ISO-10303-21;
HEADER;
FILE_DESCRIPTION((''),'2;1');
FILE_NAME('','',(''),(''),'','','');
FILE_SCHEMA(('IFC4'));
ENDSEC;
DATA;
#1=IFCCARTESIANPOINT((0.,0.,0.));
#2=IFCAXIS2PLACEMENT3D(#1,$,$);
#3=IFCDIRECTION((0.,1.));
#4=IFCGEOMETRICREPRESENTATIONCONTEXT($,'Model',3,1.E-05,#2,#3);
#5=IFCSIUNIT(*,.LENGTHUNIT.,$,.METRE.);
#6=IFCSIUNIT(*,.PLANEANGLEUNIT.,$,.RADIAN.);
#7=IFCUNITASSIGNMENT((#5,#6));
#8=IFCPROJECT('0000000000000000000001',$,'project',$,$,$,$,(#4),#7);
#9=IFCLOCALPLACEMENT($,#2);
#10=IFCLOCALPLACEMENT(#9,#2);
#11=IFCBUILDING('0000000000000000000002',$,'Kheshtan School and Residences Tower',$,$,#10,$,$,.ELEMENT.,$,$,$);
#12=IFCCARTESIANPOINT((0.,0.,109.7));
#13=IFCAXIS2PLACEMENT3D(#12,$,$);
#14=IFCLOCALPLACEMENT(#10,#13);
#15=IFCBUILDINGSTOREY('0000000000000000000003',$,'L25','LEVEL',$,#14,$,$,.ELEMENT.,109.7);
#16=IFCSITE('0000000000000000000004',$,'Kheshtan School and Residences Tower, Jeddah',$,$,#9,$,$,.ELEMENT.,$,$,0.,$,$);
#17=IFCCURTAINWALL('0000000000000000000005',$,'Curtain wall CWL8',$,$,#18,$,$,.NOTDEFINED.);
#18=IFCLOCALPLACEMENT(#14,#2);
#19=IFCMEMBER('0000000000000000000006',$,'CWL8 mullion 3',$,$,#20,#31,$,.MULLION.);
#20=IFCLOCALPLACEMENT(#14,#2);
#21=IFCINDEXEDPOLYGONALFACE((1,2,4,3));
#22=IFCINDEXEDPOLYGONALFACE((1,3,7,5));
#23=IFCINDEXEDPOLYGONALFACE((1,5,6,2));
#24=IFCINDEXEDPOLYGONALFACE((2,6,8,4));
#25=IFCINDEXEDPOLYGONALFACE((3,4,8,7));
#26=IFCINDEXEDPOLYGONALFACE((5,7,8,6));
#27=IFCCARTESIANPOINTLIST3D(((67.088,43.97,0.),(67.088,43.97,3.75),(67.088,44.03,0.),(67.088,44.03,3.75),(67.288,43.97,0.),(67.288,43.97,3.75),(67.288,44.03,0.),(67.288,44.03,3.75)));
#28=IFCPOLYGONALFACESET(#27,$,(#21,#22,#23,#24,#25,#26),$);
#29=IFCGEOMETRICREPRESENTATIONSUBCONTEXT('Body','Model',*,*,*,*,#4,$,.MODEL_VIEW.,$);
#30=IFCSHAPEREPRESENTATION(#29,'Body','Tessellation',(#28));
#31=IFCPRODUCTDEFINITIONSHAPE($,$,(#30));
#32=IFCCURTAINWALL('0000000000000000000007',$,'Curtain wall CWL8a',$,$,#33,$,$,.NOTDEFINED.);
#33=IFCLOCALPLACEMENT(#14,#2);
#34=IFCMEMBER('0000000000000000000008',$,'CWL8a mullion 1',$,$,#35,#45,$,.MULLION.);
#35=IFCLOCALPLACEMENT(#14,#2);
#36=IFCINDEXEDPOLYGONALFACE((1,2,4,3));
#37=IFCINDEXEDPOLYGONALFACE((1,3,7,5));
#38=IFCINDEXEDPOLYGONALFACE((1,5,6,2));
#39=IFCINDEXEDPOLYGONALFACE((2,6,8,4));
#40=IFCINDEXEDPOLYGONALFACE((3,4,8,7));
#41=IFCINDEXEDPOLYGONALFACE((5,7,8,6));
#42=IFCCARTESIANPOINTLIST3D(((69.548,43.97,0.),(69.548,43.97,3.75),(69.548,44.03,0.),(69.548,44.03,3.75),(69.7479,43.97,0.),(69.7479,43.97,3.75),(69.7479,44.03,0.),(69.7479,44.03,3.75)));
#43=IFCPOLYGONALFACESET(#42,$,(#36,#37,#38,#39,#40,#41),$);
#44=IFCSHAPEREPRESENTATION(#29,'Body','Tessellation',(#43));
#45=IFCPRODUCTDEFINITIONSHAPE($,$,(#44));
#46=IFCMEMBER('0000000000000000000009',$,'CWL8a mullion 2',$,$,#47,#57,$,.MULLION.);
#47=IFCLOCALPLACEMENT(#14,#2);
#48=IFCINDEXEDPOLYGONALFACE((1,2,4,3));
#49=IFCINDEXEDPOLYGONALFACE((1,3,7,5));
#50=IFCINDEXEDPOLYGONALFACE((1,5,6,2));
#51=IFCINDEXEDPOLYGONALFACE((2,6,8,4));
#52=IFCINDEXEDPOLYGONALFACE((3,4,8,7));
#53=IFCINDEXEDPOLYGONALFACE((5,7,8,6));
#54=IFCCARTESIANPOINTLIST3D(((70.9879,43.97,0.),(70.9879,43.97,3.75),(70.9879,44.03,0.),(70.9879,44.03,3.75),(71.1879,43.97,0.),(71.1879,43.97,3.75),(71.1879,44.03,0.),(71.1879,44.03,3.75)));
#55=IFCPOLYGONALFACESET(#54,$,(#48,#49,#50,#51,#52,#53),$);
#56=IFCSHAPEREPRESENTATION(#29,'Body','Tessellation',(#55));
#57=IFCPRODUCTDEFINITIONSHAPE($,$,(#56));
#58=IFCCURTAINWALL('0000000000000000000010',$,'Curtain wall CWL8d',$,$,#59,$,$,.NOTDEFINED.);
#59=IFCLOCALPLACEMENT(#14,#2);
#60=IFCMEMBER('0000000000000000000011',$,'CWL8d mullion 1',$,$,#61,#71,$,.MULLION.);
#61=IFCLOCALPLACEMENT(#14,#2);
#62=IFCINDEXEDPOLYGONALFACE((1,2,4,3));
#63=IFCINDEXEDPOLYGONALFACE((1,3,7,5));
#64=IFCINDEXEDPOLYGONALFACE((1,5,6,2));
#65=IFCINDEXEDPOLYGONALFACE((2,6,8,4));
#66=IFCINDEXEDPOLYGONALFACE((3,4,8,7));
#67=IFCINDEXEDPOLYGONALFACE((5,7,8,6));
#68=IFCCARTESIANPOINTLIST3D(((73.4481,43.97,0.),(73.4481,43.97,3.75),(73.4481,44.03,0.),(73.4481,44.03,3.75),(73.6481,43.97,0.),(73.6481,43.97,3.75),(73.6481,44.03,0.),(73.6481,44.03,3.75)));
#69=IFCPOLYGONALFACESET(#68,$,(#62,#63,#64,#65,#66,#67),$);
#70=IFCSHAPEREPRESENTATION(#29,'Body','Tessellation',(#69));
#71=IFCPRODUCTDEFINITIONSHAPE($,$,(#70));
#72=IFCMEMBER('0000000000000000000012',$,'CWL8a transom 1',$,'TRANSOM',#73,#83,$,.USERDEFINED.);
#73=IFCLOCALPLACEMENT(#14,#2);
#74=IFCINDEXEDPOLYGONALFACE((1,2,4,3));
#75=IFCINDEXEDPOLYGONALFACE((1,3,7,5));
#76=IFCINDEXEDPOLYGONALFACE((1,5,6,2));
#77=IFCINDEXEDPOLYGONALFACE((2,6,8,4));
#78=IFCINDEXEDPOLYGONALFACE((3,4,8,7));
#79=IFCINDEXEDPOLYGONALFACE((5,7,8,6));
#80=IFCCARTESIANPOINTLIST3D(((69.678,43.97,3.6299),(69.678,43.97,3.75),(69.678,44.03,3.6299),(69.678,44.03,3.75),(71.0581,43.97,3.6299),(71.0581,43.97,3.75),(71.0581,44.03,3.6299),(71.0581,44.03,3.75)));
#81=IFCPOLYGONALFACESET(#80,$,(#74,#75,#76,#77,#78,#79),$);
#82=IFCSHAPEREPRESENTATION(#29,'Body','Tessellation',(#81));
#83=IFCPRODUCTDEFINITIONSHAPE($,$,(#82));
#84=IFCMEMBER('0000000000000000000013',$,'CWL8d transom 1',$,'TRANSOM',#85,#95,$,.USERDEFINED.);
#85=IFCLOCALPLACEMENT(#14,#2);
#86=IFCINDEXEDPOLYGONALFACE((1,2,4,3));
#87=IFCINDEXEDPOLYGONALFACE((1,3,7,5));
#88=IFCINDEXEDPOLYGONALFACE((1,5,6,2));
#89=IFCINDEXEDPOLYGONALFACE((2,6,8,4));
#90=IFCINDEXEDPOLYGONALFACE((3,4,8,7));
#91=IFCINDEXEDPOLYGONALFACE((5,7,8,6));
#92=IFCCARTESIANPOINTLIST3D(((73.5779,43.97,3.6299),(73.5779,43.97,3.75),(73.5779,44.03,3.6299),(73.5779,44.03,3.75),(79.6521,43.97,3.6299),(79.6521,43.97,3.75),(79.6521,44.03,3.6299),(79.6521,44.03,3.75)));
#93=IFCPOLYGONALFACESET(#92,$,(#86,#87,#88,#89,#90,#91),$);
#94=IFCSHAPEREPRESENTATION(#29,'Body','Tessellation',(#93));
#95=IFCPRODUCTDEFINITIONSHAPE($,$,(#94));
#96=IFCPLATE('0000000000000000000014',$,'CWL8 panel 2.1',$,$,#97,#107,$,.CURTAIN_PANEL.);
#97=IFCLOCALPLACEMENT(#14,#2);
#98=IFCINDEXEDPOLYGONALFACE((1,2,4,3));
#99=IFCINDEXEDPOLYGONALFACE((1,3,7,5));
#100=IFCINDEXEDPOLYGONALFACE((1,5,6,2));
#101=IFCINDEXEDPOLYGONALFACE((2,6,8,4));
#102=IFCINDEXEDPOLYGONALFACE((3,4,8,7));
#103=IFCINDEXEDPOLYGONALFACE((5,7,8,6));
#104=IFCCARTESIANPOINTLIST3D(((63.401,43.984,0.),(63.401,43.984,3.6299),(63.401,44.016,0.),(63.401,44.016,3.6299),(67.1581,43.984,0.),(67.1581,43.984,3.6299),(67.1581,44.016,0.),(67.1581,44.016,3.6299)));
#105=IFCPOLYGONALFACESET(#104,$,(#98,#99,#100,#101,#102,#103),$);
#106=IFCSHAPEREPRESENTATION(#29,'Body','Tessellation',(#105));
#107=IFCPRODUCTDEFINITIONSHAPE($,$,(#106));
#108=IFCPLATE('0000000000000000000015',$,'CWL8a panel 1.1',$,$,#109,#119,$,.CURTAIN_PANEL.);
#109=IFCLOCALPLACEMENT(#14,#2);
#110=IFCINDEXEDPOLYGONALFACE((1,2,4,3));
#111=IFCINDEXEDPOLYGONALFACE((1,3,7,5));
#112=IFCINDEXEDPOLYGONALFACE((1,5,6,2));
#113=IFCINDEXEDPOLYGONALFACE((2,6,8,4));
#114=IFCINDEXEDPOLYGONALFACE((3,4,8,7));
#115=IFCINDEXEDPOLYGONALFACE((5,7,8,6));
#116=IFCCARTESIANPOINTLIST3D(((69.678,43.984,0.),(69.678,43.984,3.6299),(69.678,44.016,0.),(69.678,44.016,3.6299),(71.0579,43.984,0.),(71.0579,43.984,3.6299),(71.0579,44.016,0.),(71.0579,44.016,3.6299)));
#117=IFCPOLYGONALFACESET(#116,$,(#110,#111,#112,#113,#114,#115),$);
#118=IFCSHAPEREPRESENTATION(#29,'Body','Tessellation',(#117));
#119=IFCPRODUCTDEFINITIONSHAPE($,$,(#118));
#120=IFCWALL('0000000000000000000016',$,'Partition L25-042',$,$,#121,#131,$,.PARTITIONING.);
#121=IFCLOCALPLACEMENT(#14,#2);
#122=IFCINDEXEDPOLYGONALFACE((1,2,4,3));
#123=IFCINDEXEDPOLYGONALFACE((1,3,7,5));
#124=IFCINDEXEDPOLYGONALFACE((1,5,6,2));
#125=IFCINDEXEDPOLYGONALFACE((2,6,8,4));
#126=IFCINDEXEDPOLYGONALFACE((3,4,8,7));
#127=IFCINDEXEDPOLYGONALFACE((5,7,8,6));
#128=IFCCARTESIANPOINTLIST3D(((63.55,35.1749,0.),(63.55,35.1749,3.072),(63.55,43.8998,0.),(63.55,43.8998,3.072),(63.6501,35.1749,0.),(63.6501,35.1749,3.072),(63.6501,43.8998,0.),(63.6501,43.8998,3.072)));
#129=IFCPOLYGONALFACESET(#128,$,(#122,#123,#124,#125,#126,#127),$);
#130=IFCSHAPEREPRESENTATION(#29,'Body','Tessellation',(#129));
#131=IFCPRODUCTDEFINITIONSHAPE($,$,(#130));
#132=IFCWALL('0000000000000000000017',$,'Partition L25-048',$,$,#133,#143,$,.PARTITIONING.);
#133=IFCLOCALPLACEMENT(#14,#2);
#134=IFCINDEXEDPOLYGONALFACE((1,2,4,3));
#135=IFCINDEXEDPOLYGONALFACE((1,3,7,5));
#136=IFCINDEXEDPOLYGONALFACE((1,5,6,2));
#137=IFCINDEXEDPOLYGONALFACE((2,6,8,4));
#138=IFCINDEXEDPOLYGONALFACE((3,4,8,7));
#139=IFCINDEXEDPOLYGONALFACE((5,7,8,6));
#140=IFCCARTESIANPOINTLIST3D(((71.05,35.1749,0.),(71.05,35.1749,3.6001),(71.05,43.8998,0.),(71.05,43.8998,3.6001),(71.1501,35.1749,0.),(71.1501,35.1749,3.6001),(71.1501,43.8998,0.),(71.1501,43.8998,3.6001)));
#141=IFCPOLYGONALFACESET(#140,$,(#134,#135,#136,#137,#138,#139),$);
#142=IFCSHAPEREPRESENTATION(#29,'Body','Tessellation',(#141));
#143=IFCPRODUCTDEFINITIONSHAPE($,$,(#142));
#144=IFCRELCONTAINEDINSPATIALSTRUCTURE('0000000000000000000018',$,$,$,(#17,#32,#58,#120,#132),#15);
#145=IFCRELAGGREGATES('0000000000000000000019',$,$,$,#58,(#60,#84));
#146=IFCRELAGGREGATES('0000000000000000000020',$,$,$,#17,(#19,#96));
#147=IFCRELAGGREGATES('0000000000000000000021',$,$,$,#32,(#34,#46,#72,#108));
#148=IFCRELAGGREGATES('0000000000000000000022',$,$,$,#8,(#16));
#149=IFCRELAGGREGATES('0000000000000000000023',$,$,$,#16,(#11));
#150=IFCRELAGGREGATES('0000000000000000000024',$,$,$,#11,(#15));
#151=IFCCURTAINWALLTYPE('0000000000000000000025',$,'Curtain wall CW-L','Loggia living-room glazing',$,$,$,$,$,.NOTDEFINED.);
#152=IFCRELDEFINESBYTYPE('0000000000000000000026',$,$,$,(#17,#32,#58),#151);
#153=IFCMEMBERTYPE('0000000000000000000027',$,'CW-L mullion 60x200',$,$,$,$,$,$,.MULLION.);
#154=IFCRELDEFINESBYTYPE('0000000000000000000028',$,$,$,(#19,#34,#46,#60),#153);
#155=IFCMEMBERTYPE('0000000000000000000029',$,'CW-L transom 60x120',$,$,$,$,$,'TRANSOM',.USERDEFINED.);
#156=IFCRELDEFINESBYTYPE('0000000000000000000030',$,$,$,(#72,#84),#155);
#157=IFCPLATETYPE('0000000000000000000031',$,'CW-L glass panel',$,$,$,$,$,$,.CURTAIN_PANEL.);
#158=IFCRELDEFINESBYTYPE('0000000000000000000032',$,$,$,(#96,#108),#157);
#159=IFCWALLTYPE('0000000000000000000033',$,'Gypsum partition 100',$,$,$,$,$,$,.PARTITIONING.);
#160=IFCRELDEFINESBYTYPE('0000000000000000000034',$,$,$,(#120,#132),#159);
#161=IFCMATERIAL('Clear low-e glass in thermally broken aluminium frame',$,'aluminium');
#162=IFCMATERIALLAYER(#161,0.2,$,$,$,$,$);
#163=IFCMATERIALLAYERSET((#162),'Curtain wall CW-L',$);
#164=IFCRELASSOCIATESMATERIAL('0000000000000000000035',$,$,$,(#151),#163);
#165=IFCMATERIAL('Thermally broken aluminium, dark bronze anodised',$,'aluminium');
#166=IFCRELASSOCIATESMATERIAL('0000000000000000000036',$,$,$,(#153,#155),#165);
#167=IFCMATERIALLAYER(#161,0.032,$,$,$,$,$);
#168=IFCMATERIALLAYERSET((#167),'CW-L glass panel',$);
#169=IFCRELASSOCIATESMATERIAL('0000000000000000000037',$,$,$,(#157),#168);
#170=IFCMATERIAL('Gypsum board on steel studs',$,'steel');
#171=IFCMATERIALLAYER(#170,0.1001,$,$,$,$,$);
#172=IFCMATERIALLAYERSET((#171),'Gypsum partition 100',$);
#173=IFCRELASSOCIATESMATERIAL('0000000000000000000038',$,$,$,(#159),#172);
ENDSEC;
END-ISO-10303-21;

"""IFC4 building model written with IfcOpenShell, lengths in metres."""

from ifc_helpers import new_model, si_unit, direction, frame, frame_2d, origin, origin_2d, place, context, subcontext, project, spatial, rectangle, extrude, material, layer, layer_set, material_profile, profile_set, type_object, element, aggregate, save


model = new_model("IFC4")

# Units and contexts
model_context = context("Model", 3, precision=1e-05, world=origin(), true_north=direction((0.0, 1.0)))
body_context = subcontext(model_context, "Body", "Model", "MODEL_VIEW")
ifc_project = project(units=[si_unit("LENGTHUNIT", "METRE"), si_unit("PLANEANGLEUNIT", "RADIAN")], contexts=[model_context])

# Site, building, storey
site_placement = place(None, origin())
site = spatial("IfcSite", under=ifc_project, at=site_placement, Name="Kheshtan School and Residences Tower, Jeddah", CompositionType="ELEMENT", RefElevation=0.0)
building_placement = place(site_placement, origin())
building = spatial("IfcBuilding", under=site, at=building_placement, Name="Kheshtan School and Residences Tower", CompositionType="ELEMENT")
storey_placement = place(building_placement, frame((0.0, 0.0, 109.7)))
storey = spatial("IfcBuildingStorey", under=building, at=storey_placement, Name="L25", Description="LEVEL", CompositionType="ELEMENT", Elevation=109.7)

# Curtain wall, member
ifc_material_1 = material(Name="Clear low-e glass in thermally broken aluminium frame", Category="aluminium")
ifc_layer_1 = layer(ifc_material_1, 0.2)
ifc_layer_set_1 = layer_set([ifc_layer_1], Name="Curtain wall CW-L")
curtain_wall_type = type_object("IfcCurtainWallType", Name="Curtain wall CW-L", Description="Loggia living-room glazing", PredefinedType="NOTDEFINED", material=ifc_layer_set_1)
curtain_wall_1_placement = place(storey_placement, origin())
curtain_wall_1 = element("IfcCurtainWall", 1, at=curtain_wall_1_placement, inside=storey, type_object=curtain_wall_type, Name="Curtain wall CWL8", PredefinedType="NOTDEFINED")
ifc_material_2 = material(Name="Thermally broken aluminium, dark bronze anodised", Category="aluminium")
ifc_material_profile_1 = material_profile(ifc_material_2, rectangle(XDim=0.0601, YDim=0.2, at=origin_2d()), Name="CW-L mullion 60x200")
ifc_profile_set_1 = profile_set([ifc_material_profile_1], Name="Thermally broken aluminium, dark bronze anodised")
member_type_1 = type_object("IfcMemberType", Name="CW-L mullion 60x200", PredefinedType="MULLION", material=ifc_profile_set_1)
member_1_placement = place(storey_placement, frame((67.188, 44.0, 0.0), z_axis=(0.0, 0.0, 1.0), x_axis=(0.0, 1.0, 0.0)))
member_1 = element("IfcMember", 2, at=member_1_placement, type_object=member_type_1, Name="CWL8 mullion 3", PredefinedType="MULLION", context=body_context, shape_type="SweptSolid", body=[
    extrude(rectangle(XDim=0.0601, YDim=0.2, at=origin_2d()), origin(), (0.0, 0.0, 1.0), 3.75),
])

# Curtain wall, members
curtain_wall_2_placement = place(storey_placement, origin())
curtain_wall_2 = element("IfcCurtainWall", 3, at=curtain_wall_2_placement, inside=storey, type_object=curtain_wall_type, Name="Curtain wall CWL8a", PredefinedType="NOTDEFINED")
member_2_placement = place(storey_placement, frame((69.6479, 44.0, 0.0), z_axis=(0.0, 0.0, 1.0), x_axis=(0.0, 1.0, 0.0)))
member_2 = element("IfcMember", 4, at=member_2_placement, type_object=member_type_1, Name="CWL8a mullion 1", PredefinedType="MULLION", context=body_context, shape_type="SweptSolid", body=[
    extrude(rectangle(XDim=0.0601, YDim=0.2, at=origin_2d()), origin(), (0.0, 0.0, 1.0), 3.75),
])
member_3_placement = place(storey_placement, frame((71.0879, 44.0, 0.0), z_axis=(0.0, 0.0, 1.0), x_axis=(0.0, 1.0, 0.0)))
member_3 = element("IfcMember", 5, at=member_3_placement, type_object=member_type_1, Name="CWL8a mullion 2", PredefinedType="MULLION", context=body_context, shape_type="SweptSolid", body=[
    extrude(rectangle(XDim=0.0601, YDim=0.2, at=origin_2d()), origin(), (0.0, 0.0, 1.0), 3.75),
])

# Curtain wall, member
curtain_wall_3_placement = place(storey_placement, origin())
curtain_wall_3 = element("IfcCurtainWall", 6, at=curtain_wall_3_placement, inside=storey, type_object=curtain_wall_type, Name="Curtain wall CWL8d", PredefinedType="NOTDEFINED")
member_4_placement = place(storey_placement, frame((73.5481, 44.0, 0.0), z_axis=(0.0, 0.0, 1.0), x_axis=(0.0, 1.0, 0.0)))
member_4 = element("IfcMember", 7, at=member_4_placement, type_object=member_type_1, Name="CWL8d mullion 1", PredefinedType="MULLION", context=body_context, shape_type="SweptSolid", body=[
    extrude(rectangle(XDim=0.0601, YDim=0.2, at=origin_2d()), origin(), (0.0, 0.0, 1.0), 3.75),
])

# Members
ifc_material_profile_2 = material_profile(ifc_material_2, rectangle(XDim=0.0601, YDim=0.1201, at=origin_2d()), Name="CW-L transom 60x120")
ifc_profile_set_2 = profile_set([ifc_material_profile_2], Name="Thermally broken aluminium, dark bronze anodised")
member_type_2 = type_object("IfcMemberType", Name="CW-L transom 60x120", ElementType="TRANSOM", PredefinedType="USERDEFINED", material=ifc_profile_set_2)
member_5_placement = place(storey_placement, frame((69.678, 44.0, 3.6899), z_axis=(1.0, 0.0, 0.0), x_axis=(0.0, 1.0, 0.0)))
member_5 = element("IfcMember", 8, at=member_5_placement, type_object=member_type_2, Name="CWL8a transom 1", ObjectType="TRANSOM", PredefinedType="USERDEFINED", context=body_context, shape_type="SweptSolid", body=[
    extrude(rectangle(XDim=0.0601, YDim=0.1201, at=origin_2d()), origin(), (0.0, 0.0, 1.0), 1.3801),
])
member_6_placement = place(storey_placement, frame((73.5779, 44.0, 3.6899), z_axis=(1.0, 0.0, 0.0), x_axis=(0.0, 1.0, 0.0)))
member_6 = element("IfcMember", 9, at=member_6_placement, type_object=member_type_2, Name="CWL8d transom 1", ObjectType="TRANSOM", PredefinedType="USERDEFINED", context=body_context, shape_type="SweptSolid", body=[
    extrude(rectangle(XDim=0.0601, YDim=0.1201, at=origin_2d()), origin(), (0.0, 0.0, 1.0), 6.0742),
])
aggregate(curtain_wall_3, [member_4, member_6])

# Plates
ifc_layer_2 = layer(ifc_material_1, 0.032)
ifc_layer_set_2 = layer_set([ifc_layer_2], Name="CW-L glass panel")
plate_type = type_object("IfcPlateType", Name="CW-L glass panel", PredefinedType="CURTAIN_PANEL", material=ifc_layer_set_2)
plate_1_placement = place(storey_placement, frame((65.2795, 44.0, 0.0), z_axis=(0.0, 0.0, 1.0), x_axis=(1.0, 0.0, 0.0)))
plate_1 = element("IfcPlate", 10, at=plate_1_placement, type_object=plate_type, Name="CWL8 panel 2.1", PredefinedType="CURTAIN_PANEL", context=body_context, shape_type="SweptSolid", body=[
    extrude(rectangle(XDim=3.7571, YDim=0.032, at=origin_2d()), origin(), (0.0, 0.0, 1.0), 3.6299),
])
aggregate(curtain_wall_1, [member_1, plate_1])
plate_2_placement = place(storey_placement, frame((70.3679, 44.0, 0.0), z_axis=(0.0, 0.0, 1.0), x_axis=(1.0, 0.0, 0.0)))
plate_2 = element("IfcPlate", 11, at=plate_2_placement, type_object=plate_type, Name="CWL8a panel 1.1", PredefinedType="CURTAIN_PANEL", context=body_context, shape_type="SweptSolid", body=[
    extrude(rectangle(XDim=1.3799, YDim=0.032, at=origin_2d()), origin(), (0.0, 0.0, 1.0), 3.6299),
])
aggregate(curtain_wall_2, [member_2, member_3, member_5, plate_2])

# Walls
ifc_material_3 = material(Name="Gypsum board on steel studs", Category="steel")
ifc_layer_3 = layer(ifc_material_3, 0.1001)
ifc_layer_set_3 = layer_set([ifc_layer_3], Name="Gypsum partition 100")
wall_type_1 = type_object("IfcWallType", Name="Gypsum partition 100", PredefinedType="PARTITIONING", material=ifc_layer_set_3)
wall_1_placement = place(storey_placement, frame((63.6001, 35.175, 0.0), z_axis=(0.0, 0.0, 1.0), x_axis=(0.0, 1.0, 0.0)))
element("IfcWall", 12, at=wall_1_placement, inside=storey, type_object=wall_type_1, Name="Partition L25-042", PredefinedType="PARTITIONING", context=body_context, shape_type="SweptSolid", body=[
    extrude(rectangle(XDim=8.7249, YDim=0.1001, at=frame_2d((4.3623, 0.0))), origin(), (0.0, 0.0, 1.0), 3.072),
])
wall_2_placement = place(storey_placement, frame((71.1001, 35.175, 0.0), z_axis=(0.0, 0.0, 1.0), x_axis=(0.0, 1.0, 0.0)))
element("IfcWall", 13, at=wall_2_placement, inside=storey, type_object=wall_type_1, Name="Partition L25-048", PredefinedType="PARTITIONING", context=body_context, shape_type="SweptSolid", body=[
    extrude(rectangle(XDim=8.7249, YDim=0.1001, at=frame_2d((4.3623, 0.0))), origin(), (0.0, 0.0, 1.0), 3.6001),
])

save(model, "model.ifc")
